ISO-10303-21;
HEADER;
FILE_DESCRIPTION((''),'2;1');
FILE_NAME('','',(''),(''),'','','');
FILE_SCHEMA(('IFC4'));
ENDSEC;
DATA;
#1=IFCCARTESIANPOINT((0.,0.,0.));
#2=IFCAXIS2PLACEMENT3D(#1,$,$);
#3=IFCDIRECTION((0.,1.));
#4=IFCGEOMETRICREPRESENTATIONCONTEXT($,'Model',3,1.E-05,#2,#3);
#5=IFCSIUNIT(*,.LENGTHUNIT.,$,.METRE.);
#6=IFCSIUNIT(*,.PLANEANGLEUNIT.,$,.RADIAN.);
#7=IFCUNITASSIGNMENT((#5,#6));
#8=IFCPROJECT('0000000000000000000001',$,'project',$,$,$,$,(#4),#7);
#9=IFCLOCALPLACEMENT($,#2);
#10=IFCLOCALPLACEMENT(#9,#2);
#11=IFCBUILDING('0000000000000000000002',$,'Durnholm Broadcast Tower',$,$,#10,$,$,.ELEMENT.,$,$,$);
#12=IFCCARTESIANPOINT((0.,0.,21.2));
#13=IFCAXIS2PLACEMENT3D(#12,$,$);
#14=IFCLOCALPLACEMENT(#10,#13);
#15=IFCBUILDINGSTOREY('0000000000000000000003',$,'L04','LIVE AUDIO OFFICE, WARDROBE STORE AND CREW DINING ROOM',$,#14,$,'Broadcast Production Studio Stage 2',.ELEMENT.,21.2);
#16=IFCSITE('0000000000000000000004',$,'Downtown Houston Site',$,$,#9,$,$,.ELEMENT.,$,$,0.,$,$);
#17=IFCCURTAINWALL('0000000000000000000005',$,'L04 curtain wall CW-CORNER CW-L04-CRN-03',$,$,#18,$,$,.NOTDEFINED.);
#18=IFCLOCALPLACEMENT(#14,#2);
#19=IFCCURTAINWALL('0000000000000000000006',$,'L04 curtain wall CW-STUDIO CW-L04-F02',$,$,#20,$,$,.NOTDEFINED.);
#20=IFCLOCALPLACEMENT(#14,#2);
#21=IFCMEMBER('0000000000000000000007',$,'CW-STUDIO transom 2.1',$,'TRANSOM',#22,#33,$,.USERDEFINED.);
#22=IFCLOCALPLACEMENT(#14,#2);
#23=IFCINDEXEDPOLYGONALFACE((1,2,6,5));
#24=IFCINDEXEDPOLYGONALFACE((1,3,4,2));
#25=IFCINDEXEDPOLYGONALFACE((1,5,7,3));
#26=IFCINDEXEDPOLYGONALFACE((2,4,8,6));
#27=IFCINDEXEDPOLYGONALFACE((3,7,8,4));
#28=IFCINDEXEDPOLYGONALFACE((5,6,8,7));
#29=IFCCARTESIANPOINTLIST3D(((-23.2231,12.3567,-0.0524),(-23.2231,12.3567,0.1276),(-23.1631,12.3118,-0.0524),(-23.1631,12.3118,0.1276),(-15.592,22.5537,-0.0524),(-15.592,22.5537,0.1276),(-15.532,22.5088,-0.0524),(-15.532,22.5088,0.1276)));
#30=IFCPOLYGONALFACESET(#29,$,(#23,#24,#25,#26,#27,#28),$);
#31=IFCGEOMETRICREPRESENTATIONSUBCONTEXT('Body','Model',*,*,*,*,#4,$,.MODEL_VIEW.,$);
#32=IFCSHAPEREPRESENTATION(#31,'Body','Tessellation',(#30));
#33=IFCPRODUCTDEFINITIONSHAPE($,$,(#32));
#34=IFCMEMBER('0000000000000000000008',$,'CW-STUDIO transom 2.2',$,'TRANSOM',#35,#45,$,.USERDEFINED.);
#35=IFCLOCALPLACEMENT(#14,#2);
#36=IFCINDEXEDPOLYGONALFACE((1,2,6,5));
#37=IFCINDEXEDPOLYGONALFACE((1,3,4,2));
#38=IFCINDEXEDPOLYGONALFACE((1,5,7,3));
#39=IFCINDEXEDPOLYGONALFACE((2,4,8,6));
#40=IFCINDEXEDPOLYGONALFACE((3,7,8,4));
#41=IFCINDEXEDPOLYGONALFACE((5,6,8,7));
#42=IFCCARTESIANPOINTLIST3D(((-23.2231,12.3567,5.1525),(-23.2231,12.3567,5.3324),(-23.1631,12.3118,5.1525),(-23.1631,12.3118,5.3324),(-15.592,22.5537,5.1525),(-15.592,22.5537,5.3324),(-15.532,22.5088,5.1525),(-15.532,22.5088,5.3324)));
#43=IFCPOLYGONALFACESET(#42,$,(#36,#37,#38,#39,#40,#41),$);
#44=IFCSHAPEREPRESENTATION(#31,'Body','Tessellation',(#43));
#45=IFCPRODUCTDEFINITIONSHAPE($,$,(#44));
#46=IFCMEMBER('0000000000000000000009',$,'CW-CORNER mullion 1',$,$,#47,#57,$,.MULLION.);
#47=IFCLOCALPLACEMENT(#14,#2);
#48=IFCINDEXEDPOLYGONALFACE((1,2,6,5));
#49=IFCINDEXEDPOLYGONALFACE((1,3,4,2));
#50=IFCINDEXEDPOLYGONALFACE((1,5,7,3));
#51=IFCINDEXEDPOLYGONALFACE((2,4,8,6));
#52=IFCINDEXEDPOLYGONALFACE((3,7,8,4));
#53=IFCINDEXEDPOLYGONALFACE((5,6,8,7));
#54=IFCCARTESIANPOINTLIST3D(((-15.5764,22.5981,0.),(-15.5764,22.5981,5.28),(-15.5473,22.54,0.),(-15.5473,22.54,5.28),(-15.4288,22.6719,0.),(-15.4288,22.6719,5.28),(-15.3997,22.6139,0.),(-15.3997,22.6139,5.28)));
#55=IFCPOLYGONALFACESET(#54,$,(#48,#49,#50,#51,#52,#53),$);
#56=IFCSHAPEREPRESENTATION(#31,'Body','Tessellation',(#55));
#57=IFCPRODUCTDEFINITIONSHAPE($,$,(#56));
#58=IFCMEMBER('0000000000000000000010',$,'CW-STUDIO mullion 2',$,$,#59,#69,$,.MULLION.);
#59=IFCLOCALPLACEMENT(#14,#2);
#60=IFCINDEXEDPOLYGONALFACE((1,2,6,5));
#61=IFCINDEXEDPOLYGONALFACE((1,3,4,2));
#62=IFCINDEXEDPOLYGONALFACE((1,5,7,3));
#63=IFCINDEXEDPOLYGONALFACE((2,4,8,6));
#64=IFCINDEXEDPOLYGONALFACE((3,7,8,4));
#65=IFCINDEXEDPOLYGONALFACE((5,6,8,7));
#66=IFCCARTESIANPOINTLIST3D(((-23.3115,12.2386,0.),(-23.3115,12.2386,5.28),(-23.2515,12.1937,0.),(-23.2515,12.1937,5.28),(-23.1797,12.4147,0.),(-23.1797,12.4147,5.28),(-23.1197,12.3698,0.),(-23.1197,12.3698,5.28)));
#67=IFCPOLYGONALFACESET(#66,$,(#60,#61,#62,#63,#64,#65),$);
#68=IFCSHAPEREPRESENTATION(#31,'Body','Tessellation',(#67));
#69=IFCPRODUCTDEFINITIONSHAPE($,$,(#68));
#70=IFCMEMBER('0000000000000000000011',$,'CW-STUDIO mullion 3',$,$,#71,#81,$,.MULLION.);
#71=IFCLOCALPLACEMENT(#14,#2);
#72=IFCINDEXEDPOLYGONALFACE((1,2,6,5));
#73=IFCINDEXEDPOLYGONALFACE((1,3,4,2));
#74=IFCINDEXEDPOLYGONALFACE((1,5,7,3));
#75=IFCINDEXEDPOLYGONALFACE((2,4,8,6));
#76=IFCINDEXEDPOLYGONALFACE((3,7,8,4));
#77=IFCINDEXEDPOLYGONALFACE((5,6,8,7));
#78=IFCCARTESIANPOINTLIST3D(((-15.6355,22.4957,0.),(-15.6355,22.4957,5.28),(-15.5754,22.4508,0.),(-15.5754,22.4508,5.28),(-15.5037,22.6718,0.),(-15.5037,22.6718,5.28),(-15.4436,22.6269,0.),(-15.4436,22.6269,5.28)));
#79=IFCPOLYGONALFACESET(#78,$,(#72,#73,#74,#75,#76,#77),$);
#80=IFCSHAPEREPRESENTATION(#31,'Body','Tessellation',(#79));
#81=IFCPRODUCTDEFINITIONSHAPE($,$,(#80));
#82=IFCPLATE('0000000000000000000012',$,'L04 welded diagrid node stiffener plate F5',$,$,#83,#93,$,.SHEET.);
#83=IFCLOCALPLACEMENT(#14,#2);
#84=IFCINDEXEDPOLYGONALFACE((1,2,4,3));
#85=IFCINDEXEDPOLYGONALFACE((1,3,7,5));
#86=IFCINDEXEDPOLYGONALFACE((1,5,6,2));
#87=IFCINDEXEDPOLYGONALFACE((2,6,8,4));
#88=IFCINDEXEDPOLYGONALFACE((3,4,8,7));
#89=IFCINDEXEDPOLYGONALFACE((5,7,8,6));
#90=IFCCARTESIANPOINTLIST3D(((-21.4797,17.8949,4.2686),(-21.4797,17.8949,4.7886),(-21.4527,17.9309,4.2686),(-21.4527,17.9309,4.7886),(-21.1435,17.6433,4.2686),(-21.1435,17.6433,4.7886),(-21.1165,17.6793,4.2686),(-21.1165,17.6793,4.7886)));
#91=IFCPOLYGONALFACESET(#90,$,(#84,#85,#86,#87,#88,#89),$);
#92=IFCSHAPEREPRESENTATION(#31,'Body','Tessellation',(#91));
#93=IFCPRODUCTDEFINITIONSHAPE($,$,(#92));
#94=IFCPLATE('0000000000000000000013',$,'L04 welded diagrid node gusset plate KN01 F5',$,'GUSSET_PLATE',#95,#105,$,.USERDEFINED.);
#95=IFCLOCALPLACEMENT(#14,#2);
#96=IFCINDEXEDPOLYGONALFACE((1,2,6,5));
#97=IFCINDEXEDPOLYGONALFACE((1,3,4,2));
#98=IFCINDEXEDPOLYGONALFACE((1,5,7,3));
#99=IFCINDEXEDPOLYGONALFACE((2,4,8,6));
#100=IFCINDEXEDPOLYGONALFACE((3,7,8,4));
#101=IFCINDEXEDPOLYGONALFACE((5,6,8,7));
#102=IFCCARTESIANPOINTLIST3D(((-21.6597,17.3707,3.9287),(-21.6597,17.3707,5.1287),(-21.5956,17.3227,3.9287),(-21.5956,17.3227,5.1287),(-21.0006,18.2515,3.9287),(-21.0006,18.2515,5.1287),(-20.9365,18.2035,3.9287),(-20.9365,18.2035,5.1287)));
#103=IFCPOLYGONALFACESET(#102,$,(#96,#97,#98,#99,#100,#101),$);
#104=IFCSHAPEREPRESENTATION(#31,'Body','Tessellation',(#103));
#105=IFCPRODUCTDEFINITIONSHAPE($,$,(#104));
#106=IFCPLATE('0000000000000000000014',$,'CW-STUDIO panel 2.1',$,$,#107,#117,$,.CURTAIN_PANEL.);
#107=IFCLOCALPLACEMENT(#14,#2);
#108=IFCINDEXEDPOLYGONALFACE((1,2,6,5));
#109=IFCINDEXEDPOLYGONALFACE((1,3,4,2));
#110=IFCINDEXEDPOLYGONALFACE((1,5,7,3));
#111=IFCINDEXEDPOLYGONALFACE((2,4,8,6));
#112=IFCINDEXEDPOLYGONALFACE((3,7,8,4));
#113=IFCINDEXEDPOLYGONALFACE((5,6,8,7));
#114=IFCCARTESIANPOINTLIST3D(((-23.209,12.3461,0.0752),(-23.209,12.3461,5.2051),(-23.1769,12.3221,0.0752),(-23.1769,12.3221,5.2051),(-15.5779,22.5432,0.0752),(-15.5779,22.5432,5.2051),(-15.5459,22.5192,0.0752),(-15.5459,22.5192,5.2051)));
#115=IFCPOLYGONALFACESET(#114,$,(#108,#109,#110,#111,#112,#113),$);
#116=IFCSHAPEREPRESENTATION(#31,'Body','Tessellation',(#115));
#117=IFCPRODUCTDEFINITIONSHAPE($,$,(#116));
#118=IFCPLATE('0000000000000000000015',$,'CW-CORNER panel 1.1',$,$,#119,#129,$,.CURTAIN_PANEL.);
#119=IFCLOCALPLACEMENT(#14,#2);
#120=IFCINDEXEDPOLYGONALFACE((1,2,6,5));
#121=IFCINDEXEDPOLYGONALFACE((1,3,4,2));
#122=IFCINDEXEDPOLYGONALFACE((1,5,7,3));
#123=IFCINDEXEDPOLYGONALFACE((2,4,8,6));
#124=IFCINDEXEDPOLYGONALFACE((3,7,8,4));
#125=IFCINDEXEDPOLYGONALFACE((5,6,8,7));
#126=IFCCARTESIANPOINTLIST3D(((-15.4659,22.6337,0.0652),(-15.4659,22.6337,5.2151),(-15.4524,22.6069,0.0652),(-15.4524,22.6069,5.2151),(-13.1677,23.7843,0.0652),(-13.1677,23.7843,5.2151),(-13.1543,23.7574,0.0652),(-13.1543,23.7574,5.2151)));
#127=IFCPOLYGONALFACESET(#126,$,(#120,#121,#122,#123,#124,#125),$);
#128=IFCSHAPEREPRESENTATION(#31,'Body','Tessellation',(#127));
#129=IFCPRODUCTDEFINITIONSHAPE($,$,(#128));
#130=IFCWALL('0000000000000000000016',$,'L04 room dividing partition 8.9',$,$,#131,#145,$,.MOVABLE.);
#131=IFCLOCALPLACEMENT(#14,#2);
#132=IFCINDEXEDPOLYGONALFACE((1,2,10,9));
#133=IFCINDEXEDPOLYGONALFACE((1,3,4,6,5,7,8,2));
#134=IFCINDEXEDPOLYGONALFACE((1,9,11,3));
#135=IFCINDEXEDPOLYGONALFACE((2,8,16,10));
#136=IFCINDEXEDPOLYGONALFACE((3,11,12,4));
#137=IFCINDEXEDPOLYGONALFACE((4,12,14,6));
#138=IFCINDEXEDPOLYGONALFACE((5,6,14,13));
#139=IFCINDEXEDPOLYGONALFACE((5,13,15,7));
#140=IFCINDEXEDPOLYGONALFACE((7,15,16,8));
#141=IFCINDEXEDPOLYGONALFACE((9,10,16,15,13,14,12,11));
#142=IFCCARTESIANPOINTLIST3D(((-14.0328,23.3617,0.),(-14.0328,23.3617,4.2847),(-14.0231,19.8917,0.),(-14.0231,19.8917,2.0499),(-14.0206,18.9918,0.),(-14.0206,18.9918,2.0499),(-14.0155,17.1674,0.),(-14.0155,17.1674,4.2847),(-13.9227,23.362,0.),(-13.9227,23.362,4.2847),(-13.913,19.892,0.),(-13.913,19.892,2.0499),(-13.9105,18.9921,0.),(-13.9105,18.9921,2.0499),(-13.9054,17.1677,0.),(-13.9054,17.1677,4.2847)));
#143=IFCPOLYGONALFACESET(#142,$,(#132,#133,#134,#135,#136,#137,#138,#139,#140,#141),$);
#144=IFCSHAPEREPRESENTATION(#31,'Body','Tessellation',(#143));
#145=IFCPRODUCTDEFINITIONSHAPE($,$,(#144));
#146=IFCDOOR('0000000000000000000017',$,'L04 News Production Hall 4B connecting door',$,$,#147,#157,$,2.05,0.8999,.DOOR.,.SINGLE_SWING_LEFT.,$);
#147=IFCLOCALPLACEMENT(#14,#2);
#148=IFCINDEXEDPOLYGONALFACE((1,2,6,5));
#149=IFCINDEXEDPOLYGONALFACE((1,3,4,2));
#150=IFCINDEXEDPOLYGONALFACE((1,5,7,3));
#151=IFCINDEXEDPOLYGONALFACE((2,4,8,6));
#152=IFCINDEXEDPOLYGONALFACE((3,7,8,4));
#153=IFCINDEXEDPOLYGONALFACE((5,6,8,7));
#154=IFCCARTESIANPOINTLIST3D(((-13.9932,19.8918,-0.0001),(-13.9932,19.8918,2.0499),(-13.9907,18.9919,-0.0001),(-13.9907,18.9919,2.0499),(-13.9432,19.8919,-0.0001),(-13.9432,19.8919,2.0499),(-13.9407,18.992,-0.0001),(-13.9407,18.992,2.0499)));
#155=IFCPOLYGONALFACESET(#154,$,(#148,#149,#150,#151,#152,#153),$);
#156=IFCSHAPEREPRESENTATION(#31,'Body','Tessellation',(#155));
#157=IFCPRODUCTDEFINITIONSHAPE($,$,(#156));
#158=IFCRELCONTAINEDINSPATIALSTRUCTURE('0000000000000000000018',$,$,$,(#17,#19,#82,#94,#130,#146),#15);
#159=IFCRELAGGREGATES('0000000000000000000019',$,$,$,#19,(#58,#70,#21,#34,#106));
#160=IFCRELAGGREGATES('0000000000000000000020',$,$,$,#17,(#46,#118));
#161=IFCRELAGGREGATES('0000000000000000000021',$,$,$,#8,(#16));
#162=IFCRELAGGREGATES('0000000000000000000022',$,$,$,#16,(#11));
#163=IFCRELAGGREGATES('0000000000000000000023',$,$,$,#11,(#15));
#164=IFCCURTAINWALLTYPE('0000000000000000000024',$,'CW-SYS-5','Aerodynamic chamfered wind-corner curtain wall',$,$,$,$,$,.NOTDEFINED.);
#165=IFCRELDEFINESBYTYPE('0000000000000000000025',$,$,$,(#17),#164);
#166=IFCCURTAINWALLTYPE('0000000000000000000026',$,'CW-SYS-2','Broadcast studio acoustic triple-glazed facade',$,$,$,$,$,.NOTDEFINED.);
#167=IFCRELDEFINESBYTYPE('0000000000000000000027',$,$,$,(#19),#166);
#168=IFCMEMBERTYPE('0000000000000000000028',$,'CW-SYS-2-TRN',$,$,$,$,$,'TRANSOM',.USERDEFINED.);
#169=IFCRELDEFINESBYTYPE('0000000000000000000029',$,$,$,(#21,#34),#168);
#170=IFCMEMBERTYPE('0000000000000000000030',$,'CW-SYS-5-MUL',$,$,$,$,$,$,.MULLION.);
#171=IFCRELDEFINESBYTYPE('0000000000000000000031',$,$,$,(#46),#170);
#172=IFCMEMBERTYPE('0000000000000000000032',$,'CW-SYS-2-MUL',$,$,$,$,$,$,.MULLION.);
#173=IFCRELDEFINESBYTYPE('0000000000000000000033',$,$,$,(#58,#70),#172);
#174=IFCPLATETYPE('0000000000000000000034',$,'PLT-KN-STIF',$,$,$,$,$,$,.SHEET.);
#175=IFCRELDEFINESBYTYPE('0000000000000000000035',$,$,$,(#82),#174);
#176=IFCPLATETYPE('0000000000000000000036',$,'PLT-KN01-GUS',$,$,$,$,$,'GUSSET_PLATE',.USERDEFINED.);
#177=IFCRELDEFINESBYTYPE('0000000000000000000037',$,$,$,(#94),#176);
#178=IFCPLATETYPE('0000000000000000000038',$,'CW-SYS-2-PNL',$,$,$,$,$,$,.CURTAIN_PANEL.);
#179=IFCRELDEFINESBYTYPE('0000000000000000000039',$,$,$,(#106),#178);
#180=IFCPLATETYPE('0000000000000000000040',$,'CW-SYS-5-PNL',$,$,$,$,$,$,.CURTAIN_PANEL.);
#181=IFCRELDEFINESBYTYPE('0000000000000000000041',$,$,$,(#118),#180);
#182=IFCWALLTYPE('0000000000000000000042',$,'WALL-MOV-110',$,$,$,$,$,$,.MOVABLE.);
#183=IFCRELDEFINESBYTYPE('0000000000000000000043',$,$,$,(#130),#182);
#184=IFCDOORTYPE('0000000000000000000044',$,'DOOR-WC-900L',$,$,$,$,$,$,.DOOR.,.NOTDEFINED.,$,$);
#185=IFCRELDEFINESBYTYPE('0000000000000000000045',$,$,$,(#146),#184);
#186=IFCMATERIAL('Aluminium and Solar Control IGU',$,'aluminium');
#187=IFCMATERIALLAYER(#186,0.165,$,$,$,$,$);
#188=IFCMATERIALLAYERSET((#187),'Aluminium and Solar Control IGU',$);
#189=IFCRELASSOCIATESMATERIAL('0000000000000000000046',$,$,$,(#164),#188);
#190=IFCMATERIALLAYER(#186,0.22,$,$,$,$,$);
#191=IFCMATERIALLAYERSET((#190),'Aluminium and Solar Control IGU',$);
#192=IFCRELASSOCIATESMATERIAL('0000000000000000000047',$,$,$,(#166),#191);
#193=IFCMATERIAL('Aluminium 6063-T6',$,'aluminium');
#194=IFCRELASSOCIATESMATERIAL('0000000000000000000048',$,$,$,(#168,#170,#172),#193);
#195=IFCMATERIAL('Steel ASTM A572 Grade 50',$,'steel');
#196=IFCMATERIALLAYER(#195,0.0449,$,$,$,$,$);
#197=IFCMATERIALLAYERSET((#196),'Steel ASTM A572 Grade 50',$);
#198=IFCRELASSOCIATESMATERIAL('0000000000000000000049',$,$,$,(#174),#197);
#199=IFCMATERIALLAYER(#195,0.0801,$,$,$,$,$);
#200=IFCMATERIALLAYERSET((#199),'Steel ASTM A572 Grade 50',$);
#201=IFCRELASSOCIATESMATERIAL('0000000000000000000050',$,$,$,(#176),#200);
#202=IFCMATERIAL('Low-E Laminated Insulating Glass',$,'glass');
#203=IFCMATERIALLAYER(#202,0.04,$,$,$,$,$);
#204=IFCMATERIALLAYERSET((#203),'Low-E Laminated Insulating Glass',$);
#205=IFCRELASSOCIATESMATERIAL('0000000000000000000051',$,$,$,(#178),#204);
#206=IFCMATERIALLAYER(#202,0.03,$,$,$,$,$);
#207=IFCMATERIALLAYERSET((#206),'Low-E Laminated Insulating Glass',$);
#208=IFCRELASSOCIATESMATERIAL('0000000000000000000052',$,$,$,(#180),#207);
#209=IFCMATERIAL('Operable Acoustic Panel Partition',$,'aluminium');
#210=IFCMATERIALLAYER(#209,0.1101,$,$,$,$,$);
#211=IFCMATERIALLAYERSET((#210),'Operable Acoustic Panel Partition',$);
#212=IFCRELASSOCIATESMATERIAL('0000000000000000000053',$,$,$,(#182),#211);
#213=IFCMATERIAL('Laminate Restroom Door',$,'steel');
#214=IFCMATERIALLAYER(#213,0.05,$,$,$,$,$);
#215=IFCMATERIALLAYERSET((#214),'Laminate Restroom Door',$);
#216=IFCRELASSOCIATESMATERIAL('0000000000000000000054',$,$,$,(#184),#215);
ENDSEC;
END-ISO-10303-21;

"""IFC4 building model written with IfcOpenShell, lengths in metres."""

from ifc_helpers import new_model, si_unit, direction, frame, frame_2d, origin, origin_2d, place, context, subcontext, project, spatial, rectangle, extrude, source, transform, mapped, material, layer, layer_set, material_profile, profile_set, type_object, type_shapes, element, fill, aggregate, save


model = new_model("IFC4")

# Units and contexts
model_context = context("Model", 3, precision=1e-05, world=origin(), true_north=direction((0.0, 1.0)))
body_context = subcontext(model_context, "Body", "Model", "MODEL_VIEW")
ifc_project = project(units=[si_unit("LENGTHUNIT", "METRE"), si_unit("PLANEANGLEUNIT", "RADIAN")], contexts=[model_context])

# Site, building, storey
site_placement = place(None, origin())
site = spatial("IfcSite", under=ifc_project, at=site_placement, Name="Downtown Houston Site", CompositionType="ELEMENT", RefElevation=0.0)
building_placement = place(site_placement, origin())
building = spatial("IfcBuilding", under=site, at=building_placement, Name="Durnholm Broadcast Tower", CompositionType="ELEMENT")
storey_placement = place(building_placement, frame((0.0, 0.0, 21.2)))
storey = spatial("IfcBuildingStorey", under=building, at=storey_placement, Name="L04", Description="LIVE AUDIO OFFICE, WARDROBE STORE AND CREW DINING ROOM", LongName="Broadcast Production Studio Stage 2", CompositionType="ELEMENT", Elevation=21.2)

# Curtain walls, members
ifc_material_1 = material(Name="Aluminium and Solar Control IGU", Category="aluminium")
ifc_layer_1 = layer(ifc_material_1, 0.165)
ifc_layer_set_1 = layer_set([ifc_layer_1], Name="Aluminium and Solar Control IGU")
curtain_wall_type_1 = type_object("IfcCurtainWallType", Name="CW-SYS-5", Description="Aerodynamic chamfered wind-corner curtain wall", PredefinedType="NOTDEFINED", material=ifc_layer_set_1)
curtain_wall_1_placement = place(storey_placement, origin())
curtain_wall_1 = element("IfcCurtainWall", 1, at=curtain_wall_1_placement, inside=storey, type_object=curtain_wall_type_1, Name="L04 curtain wall CW-CORNER CW-L04-CRN-03", PredefinedType="NOTDEFINED")
ifc_material_2 = material(Name="Aluminium 6063-T6", Category="aluminium")
ifc_layer_2 = layer(ifc_material_1, 0.22)
ifc_layer_set_2 = layer_set([ifc_layer_2], Name="Aluminium and Solar Control IGU")
curtain_wall_type_2 = type_object("IfcCurtainWallType", Name="CW-SYS-2", Description="Broadcast studio acoustic triple-glazed facade", PredefinedType="NOTDEFINED", material=ifc_layer_set_2)
curtain_wall_2_placement = place(storey_placement, origin())
curtain_wall_2 = element("IfcCurtainWall", 2, at=curtain_wall_2_placement, inside=storey, type_object=curtain_wall_type_2, Name="L04 curtain wall CW-STUDIO CW-L04-F02", PredefinedType="NOTDEFINED")
ifc_material_profile_1 = material_profile(ifc_material_2, rectangle(XDim=0.075, YDim=0.1799, at=origin_2d()), Name="CWT75X180")
ifc_profile_set_1 = profile_set([ifc_material_profile_1], Name="Aluminium 6063-T6")
member_type_1 = type_object("IfcMemberType", Name="CW-SYS-2-TRN", ElementType="TRANSOM", PredefinedType="USERDEFINED", material=ifc_profile_set_1)
shared_shape_1 = source(origin(), body_context, "Body", "SweptSolid", [
    extrude(rectangle(XDim=0.075, YDim=0.1799, at=origin_2d()), origin(), (0.0, 0.0, 1.0), 12.7363),
])
type_shapes(member_type_1, [shared_shape_1])
member_1_placement = place(storey_placement, frame((-23.1931, 12.3342, 0.0376), z_axis=(0.599162, 0.800628, 0.0), x_axis=(-0.800628, 0.599162, 0.0)))
member_1 = element("IfcMember", 3, at=member_1_placement, type_object=member_type_1, Name="CW-STUDIO transom 2.1", ObjectType="TRANSOM", PredefinedType="USERDEFINED", context=body_context, shape_type="MappedRepresentation", body=[
    mapped(shared_shape_1, transform((0.0, 0.0, 0.0), x_axis=(1.0, 0.0, 0.0), y_axis=(0.0, 1.0, 0.0), z_axis=(0.0, 0.0, 1.0), scale=1.0)),
])
member_2_placement = place(storey_placement, frame((-23.1931, 12.3342, 5.2424), z_axis=(0.599162, 0.800628, 0.0), x_axis=(-0.800628, 0.599162, 0.0)))
member_2 = element("IfcMember", 4, at=member_2_placement, type_object=member_type_1, Name="CW-STUDIO transom 2.2", ObjectType="TRANSOM", PredefinedType="USERDEFINED", context=body_context, shape_type="MappedRepresentation", body=[
    mapped(shared_shape_1, transform((0.0, 0.0, 0.0), x_axis=(1.0, 0.0, 0.0), y_axis=(0.0, 1.0, 0.0), z_axis=(0.0, 0.0, 1.0), scale=1.0)),
])

# Members
ifc_material_profile_2 = material_profile(ifc_material_2, rectangle(XDim=0.0649, YDim=0.165, at=origin_2d()), Name="CWM65X165")
ifc_profile_set_2 = profile_set([ifc_material_profile_2], Name="Aluminium 6063-T6")
member_type_2 = type_object("IfcMemberType", Name="CW-SYS-5-MUL", PredefinedType="MULLION", material=ifc_profile_set_2)
shared_shape_2 = source(origin(), body_context, "Body", "SweptSolid", [
    extrude(rectangle(XDim=0.0649, YDim=0.165, at=origin_2d()), origin(), (0.0, 0.0, 1.0), 5.28),
])
type_shapes(member_type_2, [shared_shape_2])
member_3_placement = place(storey_placement, frame((-15.488, 22.606, 0.0), z_axis=(0.0, 0.0, 1.0), x_axis=(-0.447673, 0.894197, 0.0)))
member_3 = element("IfcMember", 5, at=member_3_placement, type_object=member_type_2, Name="CW-CORNER mullion 1", PredefinedType="MULLION", context=body_context, shape_type="MappedRepresentation", body=[
    mapped(shared_shape_2, transform((0.0, 0.0, 0.0), x_axis=(1.0, 0.0, 0.0), y_axis=(0.0, 1.0, 0.0), z_axis=(0.0, 0.0, 1.0), scale=1.0)),
])
ifc_material_profile_3 = material_profile(ifc_material_2, rectangle(XDim=0.075, YDim=0.22, at=origin_2d()), Name="CWM75X220")
ifc_profile_set_3 = profile_set([ifc_material_profile_3], Name="Aluminium 6063-T6")
member_type_3 = type_object("IfcMemberType", Name="CW-SYS-2-MUL", PredefinedType="MULLION", material=ifc_profile_set_3)
shared_shape_3 = source(origin(), body_context, "Body", "SweptSolid", [
    extrude(rectangle(XDim=0.075, YDim=0.22, at=origin_2d()), origin(), (0.0, 0.0, 1.0), 5.28),
])
type_shapes(member_type_3, [shared_shape_3])
member_4_placement = place(storey_placement, frame((-23.2156, 12.3042, 0.0), z_axis=(0.0, 0.0, 1.0), x_axis=(-0.800632, 0.599157, 0.0)))
member_4 = element("IfcMember", 6, at=member_4_placement, type_object=member_type_3, Name="CW-STUDIO mullion 2", PredefinedType="MULLION", context=body_context, shape_type="MappedRepresentation", body=[
    mapped(shared_shape_3, transform((0.0, 0.0, 0.0), x_axis=(1.0, 0.0, 0.0), y_axis=(0.0, 1.0, 0.0), z_axis=(0.0, 0.0, 1.0), scale=1.0)),
])
member_5_placement = place(storey_placement, frame((-15.5396, 22.5613, 0.0), z_axis=(0.0, 0.0, 1.0), x_axis=(-0.800632, 0.599157, 0.0)))
member_5 = element("IfcMember", 7, at=member_5_placement, type_object=member_type_3, Name="CW-STUDIO mullion 3", PredefinedType="MULLION", context=body_context, shape_type="MappedRepresentation", body=[
    mapped(shared_shape_3, transform((0.0, 0.0, 0.0), x_axis=(1.0, 0.0, 0.0), y_axis=(0.0, 1.0, 0.0), z_axis=(0.0, 0.0, 1.0), scale=1.0)),
])

# Plates
ifc_material_3 = material(Name="Steel ASTM A572 Grade 50", Category="steel")
ifc_layer_3 = layer(ifc_material_3, 0.0449)
ifc_layer_set_3 = layer_set([ifc_layer_3], Name="Steel ASTM A572 Grade 50")
plate_type_1 = type_object("IfcPlateType", Name="PLT-KN-STIF", PredefinedType="SHEET", material=ifc_layer_set_3)
shared_shape_4 = source(origin(), body_context, "Body", "SweptSolid", [
    extrude(rectangle(XDim=0.0449, YDim=0.4199, at=origin_2d()), origin(), (0.0, 0.0, 1.0), 0.52),
])
type_shapes(plate_type_1, [shared_shape_4])
plate_1_placement = place(storey_placement, frame((-21.2981, 17.7871, 4.2686), z_axis=(0.0, 0.0, 1.0), x_axis=(-0.599163, -0.800627, 0.0)))
element("IfcPlate", 8, at=plate_1_placement, inside=storey, type_object=plate_type_1, Name="L04 welded diagrid node stiffener plate F5", PredefinedType="SHEET", context=body_context, shape_type="MappedRepresentation", body=[
    mapped(shared_shape_4, transform((0.0, 0.0, 0.0), x_axis=(1.0, 0.0, 0.0), y_axis=(0.0, 1.0, 0.0), z_axis=(0.0, 0.0, 1.0), scale=1.0)),
])
ifc_layer_4 = layer(ifc_material_3, 0.0801)
ifc_layer_set_4 = layer_set([ifc_layer_4], Name="Steel ASTM A572 Grade 50")
plate_type_2 = type_object("IfcPlateType", Name="PLT-KN01-GUS", ElementType="GUSSET_PLATE", PredefinedType="USERDEFINED", material=ifc_layer_set_4)
shared_shape_5 = source(origin(), body_context, "Body", "SweptSolid", [
    extrude(rectangle(XDim=1.1001, YDim=0.0801, at=origin_2d()), origin(), (0.0, 0.0, 1.0), 1.2),
])
type_shapes(plate_type_2, [shared_shape_5])
plate_2_placement = place(storey_placement, frame((-21.2981, 17.7871, 3.9287), z_axis=(0.0, 0.0, 1.0), x_axis=(-0.599163, -0.800627, 0.0)))
element("IfcPlate", 9, at=plate_2_placement, inside=storey, type_object=plate_type_2, Name="L04 welded diagrid node gusset plate KN01 F5", ObjectType="GUSSET_PLATE", PredefinedType="USERDEFINED", context=body_context, shape_type="MappedRepresentation", body=[
    mapped(shared_shape_5, transform((0.0, 0.0, 0.0), x_axis=(1.0, 0.0, 0.0), y_axis=(0.0, 1.0, 0.0), z_axis=(0.0, 0.0, 1.0), scale=1.0)),
])

# Plates
ifc_material_4 = material(Name="Low-E Laminated Insulating Glass", Category="glass")
ifc_layer_5 = layer(ifc_material_4, 0.04)
ifc_layer_set_5 = layer_set([ifc_layer_5], Name="Low-E Laminated Insulating Glass")
plate_type_3 = type_object("IfcPlateType", Name="CW-SYS-2-PNL", PredefinedType="CURTAIN_PANEL", material=ifc_layer_set_5)
shared_shape_6 = source(origin(), body_context, "Body", "SweptSolid", [
    extrude(rectangle(XDim=12.7363, YDim=0.04, at=origin_2d()), origin(), (0.0, 0.0, 1.0), 5.1299),
])
type_shapes(plate_type_3, [shared_shape_6])
plate_3_placement = place(storey_placement, frame((-19.3774, 17.4326, 0.0752), z_axis=(0.0, 0.0, 1.0), x_axis=(0.599157, 0.800632, 0.0)))
plate_3 = element("IfcPlate", 10, at=plate_3_placement, type_object=plate_type_3, Name="CW-STUDIO panel 2.1", PredefinedType="CURTAIN_PANEL", context=body_context, shape_type="MappedRepresentation", body=[
    mapped(shared_shape_6, transform((0.0, 0.0, 0.0), x_axis=(1.0, 0.0, 0.0), y_axis=(0.0, 1.0, 0.0), z_axis=(0.0, 0.0, 1.0), scale=1.0)),
])
aggregate(curtain_wall_2, [member_4, member_5, member_1, member_2, plate_3])
ifc_layer_6 = layer(ifc_material_4, 0.03)
ifc_layer_set_6 = layer_set([ifc_layer_6], Name="Low-E Laminated Insulating Glass")
plate_type_4 = type_object("IfcPlateType", Name="CW-SYS-5-PNL", PredefinedType="CURTAIN_PANEL", material=ifc_layer_set_6)
shared_shape_7 = source(origin(), body_context, "Body", "SweptSolid", [
    extrude(rectangle(XDim=2.5701, YDim=0.03, at=origin_2d()), origin(), (0.0, 0.0, 1.0), 5.1499),
])
type_shapes(plate_type_4, [shared_shape_7])
plate_4_placement = place(storey_placement, frame((-14.3101, 23.1956, 0.0652), z_axis=(0.0, 0.0, 1.0), x_axis=(0.894197, 0.447673, 0.0)))
plate_4 = element("IfcPlate", 11, at=plate_4_placement, type_object=plate_type_4, Name="CW-CORNER panel 1.1", PredefinedType="CURTAIN_PANEL", context=body_context, shape_type="MappedRepresentation", body=[
    mapped(shared_shape_7, transform((0.0, 0.0, 0.0), x_axis=(1.0, 0.0, 0.0), y_axis=(0.0, 1.0, 0.0), z_axis=(0.0, 0.0, 1.0), scale=1.0)),
])
aggregate(curtain_wall_1, [member_3, plate_4])

# Wall, opening, door
ifc_material_5 = material(Name="Operable Acoustic Panel Partition", Category="aluminium")
ifc_layer_7 = layer(ifc_material_5, 0.1101)
ifc_layer_set_7 = layer_set([ifc_layer_7], Name="Operable Acoustic Panel Partition")
wall_type_1 = type_object("IfcWallType", Name="WALL-MOV-110", PredefinedType="MOVABLE", material=ifc_layer_set_7)
wall_1_placement = place(storey_placement, frame((-13.9778, 23.3618, 0.0), z_axis=(0.0, 0.0, 1.0), x_axis=(0.002798, -0.999996, 0.0)))
wall_1 = element("IfcWall", 12, at=wall_1_placement, inside=storey, type_object=wall_type_1, Name="L04 room dividing partition 8.9", PredefinedType="MOVABLE", context=body_context, shape_type="SweptSolid", body=[
    extrude(rectangle(XDim=6.1943, YDim=0.1101, at=frame_2d((3.0972, 0.0))), origin(), (0.0, 0.0, 1.0), 4.2847),
])
opening_placement = place(wall_1_placement, frame((3.47, 0.0, 0.0)))
opening = element("IfcOpeningElement", 13, at=opening_placement, cuts=wall_1, PredefinedType="OPENING", context=body_context, shape_type="SweptSolid", body=[
    extrude(rectangle(XDim=0.8999, YDim=2.05, at=frame_2d((0.45, 1.0249))), frame((0.0, 0.0649, 0.0), z_axis=(0.0, -1.0, 0.0), x_axis=(1.0, 0.0, 0.0)), (0.0, 0.0, 1.0), 0.1301),
])
ifc_material_6 = material(Name="Laminate Restroom Door", Category="steel")
ifc_layer_8 = layer(ifc_material_6, 0.05)
ifc_layer_set_8 = layer_set([ifc_layer_8], Name="Laminate Restroom Door")
door_type = type_object("IfcDoorType", Name="DOOR-WC-900L", OperationType="NOTDEFINED", PredefinedType="DOOR", material=ifc_layer_set_8)
shared_shape_8 = source(origin(), body_context, "Body", "SweptSolid", [
    extrude(rectangle(XDim=0.8999, YDim=2.05, at=frame_2d((0.45, 1.0249))), frame((0.0, 0.0249, 0.0), z_axis=(0.0, -1.0, 0.0), x_axis=(1.0, 0.0, 0.0)), (0.0, 0.0, 1.0), 0.05),
])
type_shapes(door_type, [shared_shape_8])
door_placement = place(opening_placement, origin())
door = element("IfcDoor", 14, at=door_placement, inside=storey, type_object=door_type, Name="L04 News Production Hall 4B connecting door", OperationType="SINGLE_SWING_LEFT", OverallHeight=2.05, OverallWidth=0.8999, PredefinedType="DOOR", context=body_context, shape_type="MappedRepresentation", body=[
    mapped(shared_shape_8, transform((0.0, 0.0, 0.0), x_axis=(1.0, 0.0, 0.0), y_axis=(0.0, 1.0, 0.0), z_axis=(0.0, 0.0, 1.0), scale=1.0)),
])
fill(opening, door)

save(model, "model.ifc")
